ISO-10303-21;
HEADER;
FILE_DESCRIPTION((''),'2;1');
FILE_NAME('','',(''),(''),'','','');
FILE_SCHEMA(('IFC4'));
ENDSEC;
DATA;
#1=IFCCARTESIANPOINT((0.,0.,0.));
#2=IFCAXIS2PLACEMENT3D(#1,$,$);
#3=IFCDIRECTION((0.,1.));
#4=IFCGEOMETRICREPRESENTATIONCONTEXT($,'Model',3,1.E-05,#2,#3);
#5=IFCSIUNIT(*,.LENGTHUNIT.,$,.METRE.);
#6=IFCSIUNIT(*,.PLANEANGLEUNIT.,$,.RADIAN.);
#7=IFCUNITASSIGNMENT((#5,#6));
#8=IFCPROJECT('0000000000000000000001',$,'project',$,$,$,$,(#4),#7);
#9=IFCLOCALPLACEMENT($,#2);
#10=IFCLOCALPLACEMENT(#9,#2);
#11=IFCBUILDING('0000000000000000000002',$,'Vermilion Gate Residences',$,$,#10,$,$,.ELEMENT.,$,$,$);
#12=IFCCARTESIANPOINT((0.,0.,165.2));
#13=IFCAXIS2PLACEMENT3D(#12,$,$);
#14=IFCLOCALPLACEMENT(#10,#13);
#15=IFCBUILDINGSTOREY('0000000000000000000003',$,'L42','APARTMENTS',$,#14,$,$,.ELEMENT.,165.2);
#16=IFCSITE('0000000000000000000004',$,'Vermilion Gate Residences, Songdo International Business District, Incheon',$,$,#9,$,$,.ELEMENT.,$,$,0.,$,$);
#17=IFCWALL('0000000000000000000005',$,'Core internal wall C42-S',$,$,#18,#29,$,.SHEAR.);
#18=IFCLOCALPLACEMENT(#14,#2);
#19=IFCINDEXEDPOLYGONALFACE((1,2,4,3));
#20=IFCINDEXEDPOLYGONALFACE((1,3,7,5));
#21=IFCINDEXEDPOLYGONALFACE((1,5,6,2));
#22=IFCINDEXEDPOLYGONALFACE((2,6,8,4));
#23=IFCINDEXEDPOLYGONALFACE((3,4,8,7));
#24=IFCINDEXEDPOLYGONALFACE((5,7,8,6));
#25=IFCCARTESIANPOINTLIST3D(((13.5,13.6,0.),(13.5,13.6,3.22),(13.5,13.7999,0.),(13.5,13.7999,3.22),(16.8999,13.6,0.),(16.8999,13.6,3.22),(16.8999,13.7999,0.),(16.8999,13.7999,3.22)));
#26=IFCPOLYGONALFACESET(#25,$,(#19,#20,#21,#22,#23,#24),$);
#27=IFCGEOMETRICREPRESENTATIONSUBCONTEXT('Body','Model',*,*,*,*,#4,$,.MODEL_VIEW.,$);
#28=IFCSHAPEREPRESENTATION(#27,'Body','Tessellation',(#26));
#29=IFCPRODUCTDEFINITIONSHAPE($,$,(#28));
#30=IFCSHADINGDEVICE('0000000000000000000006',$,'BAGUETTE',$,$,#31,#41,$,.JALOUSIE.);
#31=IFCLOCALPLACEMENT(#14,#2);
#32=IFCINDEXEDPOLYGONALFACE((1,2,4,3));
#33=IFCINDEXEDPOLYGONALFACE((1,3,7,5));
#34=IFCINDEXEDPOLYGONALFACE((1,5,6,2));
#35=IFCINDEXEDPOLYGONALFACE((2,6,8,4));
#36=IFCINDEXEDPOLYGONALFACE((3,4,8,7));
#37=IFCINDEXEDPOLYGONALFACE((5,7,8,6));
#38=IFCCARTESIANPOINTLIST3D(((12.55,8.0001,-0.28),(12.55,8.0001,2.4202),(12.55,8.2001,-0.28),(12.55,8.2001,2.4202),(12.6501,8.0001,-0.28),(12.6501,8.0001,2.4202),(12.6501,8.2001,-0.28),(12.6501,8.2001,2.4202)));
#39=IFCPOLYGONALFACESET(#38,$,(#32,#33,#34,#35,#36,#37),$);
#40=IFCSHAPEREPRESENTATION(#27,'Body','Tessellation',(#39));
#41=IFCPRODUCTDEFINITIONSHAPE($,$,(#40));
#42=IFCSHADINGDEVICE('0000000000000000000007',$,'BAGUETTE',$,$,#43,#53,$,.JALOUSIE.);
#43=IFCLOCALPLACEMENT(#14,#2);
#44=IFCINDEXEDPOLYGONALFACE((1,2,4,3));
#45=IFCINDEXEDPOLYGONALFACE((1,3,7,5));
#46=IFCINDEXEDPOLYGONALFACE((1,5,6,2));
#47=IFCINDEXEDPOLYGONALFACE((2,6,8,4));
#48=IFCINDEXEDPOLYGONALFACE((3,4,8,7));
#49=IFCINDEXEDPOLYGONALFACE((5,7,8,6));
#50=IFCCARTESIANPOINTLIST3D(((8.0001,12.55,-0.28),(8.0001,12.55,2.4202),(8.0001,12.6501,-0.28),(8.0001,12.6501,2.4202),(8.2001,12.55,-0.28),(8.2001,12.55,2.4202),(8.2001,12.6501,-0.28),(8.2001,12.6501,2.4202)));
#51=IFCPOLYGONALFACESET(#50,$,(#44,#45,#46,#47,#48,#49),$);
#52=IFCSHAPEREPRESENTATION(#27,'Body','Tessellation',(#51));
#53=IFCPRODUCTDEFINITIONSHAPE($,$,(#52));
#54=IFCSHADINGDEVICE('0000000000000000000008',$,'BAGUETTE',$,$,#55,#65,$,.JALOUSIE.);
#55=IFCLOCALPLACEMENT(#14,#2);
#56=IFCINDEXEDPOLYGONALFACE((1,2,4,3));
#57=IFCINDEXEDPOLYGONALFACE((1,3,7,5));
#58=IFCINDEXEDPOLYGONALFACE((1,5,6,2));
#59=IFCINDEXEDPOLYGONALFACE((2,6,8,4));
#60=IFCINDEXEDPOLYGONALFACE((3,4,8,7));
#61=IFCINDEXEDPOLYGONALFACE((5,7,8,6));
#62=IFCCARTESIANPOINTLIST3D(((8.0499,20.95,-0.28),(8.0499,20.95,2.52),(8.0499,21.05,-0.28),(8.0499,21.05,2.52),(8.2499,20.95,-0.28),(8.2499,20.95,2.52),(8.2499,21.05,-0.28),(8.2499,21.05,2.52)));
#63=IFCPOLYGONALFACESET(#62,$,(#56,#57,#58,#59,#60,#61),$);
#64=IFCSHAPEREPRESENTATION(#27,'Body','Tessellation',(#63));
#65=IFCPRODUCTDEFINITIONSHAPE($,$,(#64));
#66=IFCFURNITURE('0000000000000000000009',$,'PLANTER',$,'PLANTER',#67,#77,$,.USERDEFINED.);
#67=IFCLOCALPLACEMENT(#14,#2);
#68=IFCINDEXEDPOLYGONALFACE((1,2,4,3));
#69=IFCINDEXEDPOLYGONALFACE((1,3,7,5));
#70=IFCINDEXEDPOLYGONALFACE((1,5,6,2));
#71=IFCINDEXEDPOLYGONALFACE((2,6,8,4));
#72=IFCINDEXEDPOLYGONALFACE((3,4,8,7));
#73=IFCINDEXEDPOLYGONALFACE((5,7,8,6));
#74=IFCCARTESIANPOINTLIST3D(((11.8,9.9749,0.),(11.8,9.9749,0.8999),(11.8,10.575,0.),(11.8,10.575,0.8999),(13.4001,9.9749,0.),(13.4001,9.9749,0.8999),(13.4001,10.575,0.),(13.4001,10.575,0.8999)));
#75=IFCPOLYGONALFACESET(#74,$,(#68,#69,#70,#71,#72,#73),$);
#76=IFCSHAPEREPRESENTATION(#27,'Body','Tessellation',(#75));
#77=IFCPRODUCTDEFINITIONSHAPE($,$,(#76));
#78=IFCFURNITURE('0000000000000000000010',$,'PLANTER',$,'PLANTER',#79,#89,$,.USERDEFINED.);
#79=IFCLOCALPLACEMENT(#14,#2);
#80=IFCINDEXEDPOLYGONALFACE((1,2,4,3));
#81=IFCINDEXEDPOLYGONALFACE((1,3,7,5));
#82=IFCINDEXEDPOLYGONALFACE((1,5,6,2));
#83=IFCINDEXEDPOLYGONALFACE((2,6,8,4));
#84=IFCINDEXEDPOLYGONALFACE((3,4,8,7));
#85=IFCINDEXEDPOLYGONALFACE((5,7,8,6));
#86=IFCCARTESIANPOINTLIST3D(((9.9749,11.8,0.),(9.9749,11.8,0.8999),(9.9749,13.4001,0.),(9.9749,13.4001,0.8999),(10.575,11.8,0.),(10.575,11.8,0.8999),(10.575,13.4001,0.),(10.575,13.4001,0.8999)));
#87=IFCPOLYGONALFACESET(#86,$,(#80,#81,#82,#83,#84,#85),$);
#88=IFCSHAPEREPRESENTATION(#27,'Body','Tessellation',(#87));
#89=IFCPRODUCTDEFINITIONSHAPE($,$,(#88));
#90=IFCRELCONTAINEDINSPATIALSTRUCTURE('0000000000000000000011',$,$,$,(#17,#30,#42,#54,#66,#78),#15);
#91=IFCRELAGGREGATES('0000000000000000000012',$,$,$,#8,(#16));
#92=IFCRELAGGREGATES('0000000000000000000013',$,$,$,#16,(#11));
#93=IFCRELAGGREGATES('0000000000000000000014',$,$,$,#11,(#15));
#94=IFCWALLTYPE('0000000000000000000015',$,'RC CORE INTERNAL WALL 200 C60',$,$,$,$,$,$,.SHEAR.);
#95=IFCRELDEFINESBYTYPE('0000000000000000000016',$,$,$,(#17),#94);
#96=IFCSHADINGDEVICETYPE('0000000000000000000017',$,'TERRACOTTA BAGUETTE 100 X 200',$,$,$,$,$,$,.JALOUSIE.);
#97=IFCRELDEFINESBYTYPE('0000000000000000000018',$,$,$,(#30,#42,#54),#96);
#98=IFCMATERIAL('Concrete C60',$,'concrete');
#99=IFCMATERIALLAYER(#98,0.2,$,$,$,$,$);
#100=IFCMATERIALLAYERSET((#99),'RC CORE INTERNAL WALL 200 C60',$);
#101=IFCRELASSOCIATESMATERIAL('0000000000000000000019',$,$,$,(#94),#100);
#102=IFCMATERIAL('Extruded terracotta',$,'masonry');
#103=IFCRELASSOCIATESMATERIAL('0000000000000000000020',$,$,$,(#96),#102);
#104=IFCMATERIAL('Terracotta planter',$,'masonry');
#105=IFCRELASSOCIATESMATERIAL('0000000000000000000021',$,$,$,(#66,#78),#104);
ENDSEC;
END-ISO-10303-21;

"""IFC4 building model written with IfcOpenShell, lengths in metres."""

from ifc_helpers import new_model, si_unit, direction, frame, frame_2d, origin, origin_2d, place, context, subcontext, project, spatial, rectangle, extrude, material, layer, layer_set, material_profile, profile_set, type_object, element, save


model = new_model("IFC4")

# Units and contexts
model_context = context("Model", 3, precision=1e-05, world=origin(), true_north=direction((0.0, 1.0)))
body_context = subcontext(model_context, "Body", "Model", "MODEL_VIEW")
ifc_project = project(units=[si_unit("LENGTHUNIT", "METRE"), si_unit("PLANEANGLEUNIT", "RADIAN")], contexts=[model_context])

# Site, building, storey
site_placement = place(None, origin())
site = spatial("IfcSite", under=ifc_project, at=site_placement, Name="Vermilion Gate Residences, Songdo International Business District, Incheon", CompositionType="ELEMENT", RefElevation=0.0)
building_placement = place(site_placement, origin())
building = spatial("IfcBuilding", under=site, at=building_placement, Name="Vermilion Gate Residences", CompositionType="ELEMENT")
storey_placement = place(building_placement, frame((0.0, 0.0, 165.2)))
storey = spatial("IfcBuildingStorey", under=building, at=storey_placement, Name="L42", Description="APARTMENTS", CompositionType="ELEMENT", Elevation=165.2)

# Wall
ifc_material_1 = material(Name="Concrete C60", Category="concrete")
ifc_layer_1 = layer(ifc_material_1, 0.2)
ifc_layer_set_1 = layer_set([ifc_layer_1], Name="RC CORE INTERNAL WALL 200 C60")
wall_type_1 = type_object("IfcWallType", Name="RC CORE INTERNAL WALL 200 C60", PredefinedType="SHEAR", material=ifc_layer_set_1)
wall_1_placement = place(storey_placement, frame((13.5, 13.7, 0.0), z_axis=(0.0, 0.0, 1.0), x_axis=(1.0, 0.0, 0.0)))
element("IfcWall", 1, at=wall_1_placement, inside=storey, type_object=wall_type_1, Name="Core internal wall C42-S", PredefinedType="SHEAR", context=body_context, shape_type="SweptSolid", body=[
    extrude(rectangle(XDim=3.3999, YDim=0.2, at=frame_2d((1.7, 0.0))), origin(), (0.0, 0.0, 1.0), 3.22),
])

# Shading devices
ifc_material_2 = material(Name="Extruded terracotta", Category="masonry")
ifc_material_profile_1 = material_profile(ifc_material_2, rectangle(XDim=0.2, YDim=0.1001, at=origin_2d()), Name="BAGUETTE 100 X 200")
ifc_profile_set_1 = profile_set([ifc_material_profile_1], Name="Extruded terracotta")
shading_device_type = type_object("IfcShadingDeviceType", Name="TERRACOTTA BAGUETTE 100 X 200", PredefinedType="JALOUSIE", material=ifc_profile_set_1)
for number, where, z_axis, x_axis, name in (
    (2, (12.6001, 8.1001, -0.28), (0.0, 0.0, 1.0), (0.0, 1.0, 0.0), "BAGUETTE"),
    (3, (8.1001, 12.6001, -0.28), (0.0, 0.0, 1.0), (1.0, 0.0, 0.0), "BAGUETTE"),
):
    element("IfcShadingDevice", number, at=place(storey_placement, frame(where, z_axis=z_axis, x_axis=x_axis)), inside=storey, type_object=shading_device_type, Name=name, PredefinedType="JALOUSIE", context=body_context, shape_type="SweptSolid", body=[
        extrude(rectangle(XDim=0.2, YDim=0.1001, at=origin_2d()), origin(), (0.0, 0.0, 1.0), 2.7002),
    ])
shading_device_placement = place(storey_placement, frame((8.1499, 21.0, -0.28), z_axis=(0.0, 0.0, 1.0), x_axis=(1.0, 0.0, 0.0)))
element("IfcShadingDevice", 4, at=shading_device_placement, inside=storey, type_object=shading_device_type, Name="BAGUETTE", PredefinedType="JALOUSIE", context=body_context, shape_type="SweptSolid", body=[
    extrude(rectangle(XDim=0.2, YDim=0.1001, at=origin_2d()), origin(), (0.0, 0.0, 1.0), 2.8),
])

# Furniture
ifc_material_3 = material(Name="Terracotta planter", Category="masonry")
for number, where, z_axis, x_axis, name in (
    (5, (12.6001, 10.2749, 0.0), (0.0, 0.0, 1.0), (1.0, 0.0, 0.0), "PLANTER"),
    (6, (10.2749, 12.6001, 0.0), (0.0, 0.0, 1.0), (0.0, -1.0, 0.0), "PLANTER"),
):
    element("IfcFurniture", number, at=place(storey_placement, frame(where, z_axis=z_axis, x_axis=x_axis)), inside=storey, material=ifc_material_3, Name=name, ObjectType="PLANTER", PredefinedType="USERDEFINED", context=body_context, shape_type="SweptSolid", body=[
        extrude(rectangle(XDim=1.6001, YDim=0.6001, at=origin_2d()), origin(), (0.0, 0.0, 1.0), 0.8999),
    ])

save(model, "model.ifc")
